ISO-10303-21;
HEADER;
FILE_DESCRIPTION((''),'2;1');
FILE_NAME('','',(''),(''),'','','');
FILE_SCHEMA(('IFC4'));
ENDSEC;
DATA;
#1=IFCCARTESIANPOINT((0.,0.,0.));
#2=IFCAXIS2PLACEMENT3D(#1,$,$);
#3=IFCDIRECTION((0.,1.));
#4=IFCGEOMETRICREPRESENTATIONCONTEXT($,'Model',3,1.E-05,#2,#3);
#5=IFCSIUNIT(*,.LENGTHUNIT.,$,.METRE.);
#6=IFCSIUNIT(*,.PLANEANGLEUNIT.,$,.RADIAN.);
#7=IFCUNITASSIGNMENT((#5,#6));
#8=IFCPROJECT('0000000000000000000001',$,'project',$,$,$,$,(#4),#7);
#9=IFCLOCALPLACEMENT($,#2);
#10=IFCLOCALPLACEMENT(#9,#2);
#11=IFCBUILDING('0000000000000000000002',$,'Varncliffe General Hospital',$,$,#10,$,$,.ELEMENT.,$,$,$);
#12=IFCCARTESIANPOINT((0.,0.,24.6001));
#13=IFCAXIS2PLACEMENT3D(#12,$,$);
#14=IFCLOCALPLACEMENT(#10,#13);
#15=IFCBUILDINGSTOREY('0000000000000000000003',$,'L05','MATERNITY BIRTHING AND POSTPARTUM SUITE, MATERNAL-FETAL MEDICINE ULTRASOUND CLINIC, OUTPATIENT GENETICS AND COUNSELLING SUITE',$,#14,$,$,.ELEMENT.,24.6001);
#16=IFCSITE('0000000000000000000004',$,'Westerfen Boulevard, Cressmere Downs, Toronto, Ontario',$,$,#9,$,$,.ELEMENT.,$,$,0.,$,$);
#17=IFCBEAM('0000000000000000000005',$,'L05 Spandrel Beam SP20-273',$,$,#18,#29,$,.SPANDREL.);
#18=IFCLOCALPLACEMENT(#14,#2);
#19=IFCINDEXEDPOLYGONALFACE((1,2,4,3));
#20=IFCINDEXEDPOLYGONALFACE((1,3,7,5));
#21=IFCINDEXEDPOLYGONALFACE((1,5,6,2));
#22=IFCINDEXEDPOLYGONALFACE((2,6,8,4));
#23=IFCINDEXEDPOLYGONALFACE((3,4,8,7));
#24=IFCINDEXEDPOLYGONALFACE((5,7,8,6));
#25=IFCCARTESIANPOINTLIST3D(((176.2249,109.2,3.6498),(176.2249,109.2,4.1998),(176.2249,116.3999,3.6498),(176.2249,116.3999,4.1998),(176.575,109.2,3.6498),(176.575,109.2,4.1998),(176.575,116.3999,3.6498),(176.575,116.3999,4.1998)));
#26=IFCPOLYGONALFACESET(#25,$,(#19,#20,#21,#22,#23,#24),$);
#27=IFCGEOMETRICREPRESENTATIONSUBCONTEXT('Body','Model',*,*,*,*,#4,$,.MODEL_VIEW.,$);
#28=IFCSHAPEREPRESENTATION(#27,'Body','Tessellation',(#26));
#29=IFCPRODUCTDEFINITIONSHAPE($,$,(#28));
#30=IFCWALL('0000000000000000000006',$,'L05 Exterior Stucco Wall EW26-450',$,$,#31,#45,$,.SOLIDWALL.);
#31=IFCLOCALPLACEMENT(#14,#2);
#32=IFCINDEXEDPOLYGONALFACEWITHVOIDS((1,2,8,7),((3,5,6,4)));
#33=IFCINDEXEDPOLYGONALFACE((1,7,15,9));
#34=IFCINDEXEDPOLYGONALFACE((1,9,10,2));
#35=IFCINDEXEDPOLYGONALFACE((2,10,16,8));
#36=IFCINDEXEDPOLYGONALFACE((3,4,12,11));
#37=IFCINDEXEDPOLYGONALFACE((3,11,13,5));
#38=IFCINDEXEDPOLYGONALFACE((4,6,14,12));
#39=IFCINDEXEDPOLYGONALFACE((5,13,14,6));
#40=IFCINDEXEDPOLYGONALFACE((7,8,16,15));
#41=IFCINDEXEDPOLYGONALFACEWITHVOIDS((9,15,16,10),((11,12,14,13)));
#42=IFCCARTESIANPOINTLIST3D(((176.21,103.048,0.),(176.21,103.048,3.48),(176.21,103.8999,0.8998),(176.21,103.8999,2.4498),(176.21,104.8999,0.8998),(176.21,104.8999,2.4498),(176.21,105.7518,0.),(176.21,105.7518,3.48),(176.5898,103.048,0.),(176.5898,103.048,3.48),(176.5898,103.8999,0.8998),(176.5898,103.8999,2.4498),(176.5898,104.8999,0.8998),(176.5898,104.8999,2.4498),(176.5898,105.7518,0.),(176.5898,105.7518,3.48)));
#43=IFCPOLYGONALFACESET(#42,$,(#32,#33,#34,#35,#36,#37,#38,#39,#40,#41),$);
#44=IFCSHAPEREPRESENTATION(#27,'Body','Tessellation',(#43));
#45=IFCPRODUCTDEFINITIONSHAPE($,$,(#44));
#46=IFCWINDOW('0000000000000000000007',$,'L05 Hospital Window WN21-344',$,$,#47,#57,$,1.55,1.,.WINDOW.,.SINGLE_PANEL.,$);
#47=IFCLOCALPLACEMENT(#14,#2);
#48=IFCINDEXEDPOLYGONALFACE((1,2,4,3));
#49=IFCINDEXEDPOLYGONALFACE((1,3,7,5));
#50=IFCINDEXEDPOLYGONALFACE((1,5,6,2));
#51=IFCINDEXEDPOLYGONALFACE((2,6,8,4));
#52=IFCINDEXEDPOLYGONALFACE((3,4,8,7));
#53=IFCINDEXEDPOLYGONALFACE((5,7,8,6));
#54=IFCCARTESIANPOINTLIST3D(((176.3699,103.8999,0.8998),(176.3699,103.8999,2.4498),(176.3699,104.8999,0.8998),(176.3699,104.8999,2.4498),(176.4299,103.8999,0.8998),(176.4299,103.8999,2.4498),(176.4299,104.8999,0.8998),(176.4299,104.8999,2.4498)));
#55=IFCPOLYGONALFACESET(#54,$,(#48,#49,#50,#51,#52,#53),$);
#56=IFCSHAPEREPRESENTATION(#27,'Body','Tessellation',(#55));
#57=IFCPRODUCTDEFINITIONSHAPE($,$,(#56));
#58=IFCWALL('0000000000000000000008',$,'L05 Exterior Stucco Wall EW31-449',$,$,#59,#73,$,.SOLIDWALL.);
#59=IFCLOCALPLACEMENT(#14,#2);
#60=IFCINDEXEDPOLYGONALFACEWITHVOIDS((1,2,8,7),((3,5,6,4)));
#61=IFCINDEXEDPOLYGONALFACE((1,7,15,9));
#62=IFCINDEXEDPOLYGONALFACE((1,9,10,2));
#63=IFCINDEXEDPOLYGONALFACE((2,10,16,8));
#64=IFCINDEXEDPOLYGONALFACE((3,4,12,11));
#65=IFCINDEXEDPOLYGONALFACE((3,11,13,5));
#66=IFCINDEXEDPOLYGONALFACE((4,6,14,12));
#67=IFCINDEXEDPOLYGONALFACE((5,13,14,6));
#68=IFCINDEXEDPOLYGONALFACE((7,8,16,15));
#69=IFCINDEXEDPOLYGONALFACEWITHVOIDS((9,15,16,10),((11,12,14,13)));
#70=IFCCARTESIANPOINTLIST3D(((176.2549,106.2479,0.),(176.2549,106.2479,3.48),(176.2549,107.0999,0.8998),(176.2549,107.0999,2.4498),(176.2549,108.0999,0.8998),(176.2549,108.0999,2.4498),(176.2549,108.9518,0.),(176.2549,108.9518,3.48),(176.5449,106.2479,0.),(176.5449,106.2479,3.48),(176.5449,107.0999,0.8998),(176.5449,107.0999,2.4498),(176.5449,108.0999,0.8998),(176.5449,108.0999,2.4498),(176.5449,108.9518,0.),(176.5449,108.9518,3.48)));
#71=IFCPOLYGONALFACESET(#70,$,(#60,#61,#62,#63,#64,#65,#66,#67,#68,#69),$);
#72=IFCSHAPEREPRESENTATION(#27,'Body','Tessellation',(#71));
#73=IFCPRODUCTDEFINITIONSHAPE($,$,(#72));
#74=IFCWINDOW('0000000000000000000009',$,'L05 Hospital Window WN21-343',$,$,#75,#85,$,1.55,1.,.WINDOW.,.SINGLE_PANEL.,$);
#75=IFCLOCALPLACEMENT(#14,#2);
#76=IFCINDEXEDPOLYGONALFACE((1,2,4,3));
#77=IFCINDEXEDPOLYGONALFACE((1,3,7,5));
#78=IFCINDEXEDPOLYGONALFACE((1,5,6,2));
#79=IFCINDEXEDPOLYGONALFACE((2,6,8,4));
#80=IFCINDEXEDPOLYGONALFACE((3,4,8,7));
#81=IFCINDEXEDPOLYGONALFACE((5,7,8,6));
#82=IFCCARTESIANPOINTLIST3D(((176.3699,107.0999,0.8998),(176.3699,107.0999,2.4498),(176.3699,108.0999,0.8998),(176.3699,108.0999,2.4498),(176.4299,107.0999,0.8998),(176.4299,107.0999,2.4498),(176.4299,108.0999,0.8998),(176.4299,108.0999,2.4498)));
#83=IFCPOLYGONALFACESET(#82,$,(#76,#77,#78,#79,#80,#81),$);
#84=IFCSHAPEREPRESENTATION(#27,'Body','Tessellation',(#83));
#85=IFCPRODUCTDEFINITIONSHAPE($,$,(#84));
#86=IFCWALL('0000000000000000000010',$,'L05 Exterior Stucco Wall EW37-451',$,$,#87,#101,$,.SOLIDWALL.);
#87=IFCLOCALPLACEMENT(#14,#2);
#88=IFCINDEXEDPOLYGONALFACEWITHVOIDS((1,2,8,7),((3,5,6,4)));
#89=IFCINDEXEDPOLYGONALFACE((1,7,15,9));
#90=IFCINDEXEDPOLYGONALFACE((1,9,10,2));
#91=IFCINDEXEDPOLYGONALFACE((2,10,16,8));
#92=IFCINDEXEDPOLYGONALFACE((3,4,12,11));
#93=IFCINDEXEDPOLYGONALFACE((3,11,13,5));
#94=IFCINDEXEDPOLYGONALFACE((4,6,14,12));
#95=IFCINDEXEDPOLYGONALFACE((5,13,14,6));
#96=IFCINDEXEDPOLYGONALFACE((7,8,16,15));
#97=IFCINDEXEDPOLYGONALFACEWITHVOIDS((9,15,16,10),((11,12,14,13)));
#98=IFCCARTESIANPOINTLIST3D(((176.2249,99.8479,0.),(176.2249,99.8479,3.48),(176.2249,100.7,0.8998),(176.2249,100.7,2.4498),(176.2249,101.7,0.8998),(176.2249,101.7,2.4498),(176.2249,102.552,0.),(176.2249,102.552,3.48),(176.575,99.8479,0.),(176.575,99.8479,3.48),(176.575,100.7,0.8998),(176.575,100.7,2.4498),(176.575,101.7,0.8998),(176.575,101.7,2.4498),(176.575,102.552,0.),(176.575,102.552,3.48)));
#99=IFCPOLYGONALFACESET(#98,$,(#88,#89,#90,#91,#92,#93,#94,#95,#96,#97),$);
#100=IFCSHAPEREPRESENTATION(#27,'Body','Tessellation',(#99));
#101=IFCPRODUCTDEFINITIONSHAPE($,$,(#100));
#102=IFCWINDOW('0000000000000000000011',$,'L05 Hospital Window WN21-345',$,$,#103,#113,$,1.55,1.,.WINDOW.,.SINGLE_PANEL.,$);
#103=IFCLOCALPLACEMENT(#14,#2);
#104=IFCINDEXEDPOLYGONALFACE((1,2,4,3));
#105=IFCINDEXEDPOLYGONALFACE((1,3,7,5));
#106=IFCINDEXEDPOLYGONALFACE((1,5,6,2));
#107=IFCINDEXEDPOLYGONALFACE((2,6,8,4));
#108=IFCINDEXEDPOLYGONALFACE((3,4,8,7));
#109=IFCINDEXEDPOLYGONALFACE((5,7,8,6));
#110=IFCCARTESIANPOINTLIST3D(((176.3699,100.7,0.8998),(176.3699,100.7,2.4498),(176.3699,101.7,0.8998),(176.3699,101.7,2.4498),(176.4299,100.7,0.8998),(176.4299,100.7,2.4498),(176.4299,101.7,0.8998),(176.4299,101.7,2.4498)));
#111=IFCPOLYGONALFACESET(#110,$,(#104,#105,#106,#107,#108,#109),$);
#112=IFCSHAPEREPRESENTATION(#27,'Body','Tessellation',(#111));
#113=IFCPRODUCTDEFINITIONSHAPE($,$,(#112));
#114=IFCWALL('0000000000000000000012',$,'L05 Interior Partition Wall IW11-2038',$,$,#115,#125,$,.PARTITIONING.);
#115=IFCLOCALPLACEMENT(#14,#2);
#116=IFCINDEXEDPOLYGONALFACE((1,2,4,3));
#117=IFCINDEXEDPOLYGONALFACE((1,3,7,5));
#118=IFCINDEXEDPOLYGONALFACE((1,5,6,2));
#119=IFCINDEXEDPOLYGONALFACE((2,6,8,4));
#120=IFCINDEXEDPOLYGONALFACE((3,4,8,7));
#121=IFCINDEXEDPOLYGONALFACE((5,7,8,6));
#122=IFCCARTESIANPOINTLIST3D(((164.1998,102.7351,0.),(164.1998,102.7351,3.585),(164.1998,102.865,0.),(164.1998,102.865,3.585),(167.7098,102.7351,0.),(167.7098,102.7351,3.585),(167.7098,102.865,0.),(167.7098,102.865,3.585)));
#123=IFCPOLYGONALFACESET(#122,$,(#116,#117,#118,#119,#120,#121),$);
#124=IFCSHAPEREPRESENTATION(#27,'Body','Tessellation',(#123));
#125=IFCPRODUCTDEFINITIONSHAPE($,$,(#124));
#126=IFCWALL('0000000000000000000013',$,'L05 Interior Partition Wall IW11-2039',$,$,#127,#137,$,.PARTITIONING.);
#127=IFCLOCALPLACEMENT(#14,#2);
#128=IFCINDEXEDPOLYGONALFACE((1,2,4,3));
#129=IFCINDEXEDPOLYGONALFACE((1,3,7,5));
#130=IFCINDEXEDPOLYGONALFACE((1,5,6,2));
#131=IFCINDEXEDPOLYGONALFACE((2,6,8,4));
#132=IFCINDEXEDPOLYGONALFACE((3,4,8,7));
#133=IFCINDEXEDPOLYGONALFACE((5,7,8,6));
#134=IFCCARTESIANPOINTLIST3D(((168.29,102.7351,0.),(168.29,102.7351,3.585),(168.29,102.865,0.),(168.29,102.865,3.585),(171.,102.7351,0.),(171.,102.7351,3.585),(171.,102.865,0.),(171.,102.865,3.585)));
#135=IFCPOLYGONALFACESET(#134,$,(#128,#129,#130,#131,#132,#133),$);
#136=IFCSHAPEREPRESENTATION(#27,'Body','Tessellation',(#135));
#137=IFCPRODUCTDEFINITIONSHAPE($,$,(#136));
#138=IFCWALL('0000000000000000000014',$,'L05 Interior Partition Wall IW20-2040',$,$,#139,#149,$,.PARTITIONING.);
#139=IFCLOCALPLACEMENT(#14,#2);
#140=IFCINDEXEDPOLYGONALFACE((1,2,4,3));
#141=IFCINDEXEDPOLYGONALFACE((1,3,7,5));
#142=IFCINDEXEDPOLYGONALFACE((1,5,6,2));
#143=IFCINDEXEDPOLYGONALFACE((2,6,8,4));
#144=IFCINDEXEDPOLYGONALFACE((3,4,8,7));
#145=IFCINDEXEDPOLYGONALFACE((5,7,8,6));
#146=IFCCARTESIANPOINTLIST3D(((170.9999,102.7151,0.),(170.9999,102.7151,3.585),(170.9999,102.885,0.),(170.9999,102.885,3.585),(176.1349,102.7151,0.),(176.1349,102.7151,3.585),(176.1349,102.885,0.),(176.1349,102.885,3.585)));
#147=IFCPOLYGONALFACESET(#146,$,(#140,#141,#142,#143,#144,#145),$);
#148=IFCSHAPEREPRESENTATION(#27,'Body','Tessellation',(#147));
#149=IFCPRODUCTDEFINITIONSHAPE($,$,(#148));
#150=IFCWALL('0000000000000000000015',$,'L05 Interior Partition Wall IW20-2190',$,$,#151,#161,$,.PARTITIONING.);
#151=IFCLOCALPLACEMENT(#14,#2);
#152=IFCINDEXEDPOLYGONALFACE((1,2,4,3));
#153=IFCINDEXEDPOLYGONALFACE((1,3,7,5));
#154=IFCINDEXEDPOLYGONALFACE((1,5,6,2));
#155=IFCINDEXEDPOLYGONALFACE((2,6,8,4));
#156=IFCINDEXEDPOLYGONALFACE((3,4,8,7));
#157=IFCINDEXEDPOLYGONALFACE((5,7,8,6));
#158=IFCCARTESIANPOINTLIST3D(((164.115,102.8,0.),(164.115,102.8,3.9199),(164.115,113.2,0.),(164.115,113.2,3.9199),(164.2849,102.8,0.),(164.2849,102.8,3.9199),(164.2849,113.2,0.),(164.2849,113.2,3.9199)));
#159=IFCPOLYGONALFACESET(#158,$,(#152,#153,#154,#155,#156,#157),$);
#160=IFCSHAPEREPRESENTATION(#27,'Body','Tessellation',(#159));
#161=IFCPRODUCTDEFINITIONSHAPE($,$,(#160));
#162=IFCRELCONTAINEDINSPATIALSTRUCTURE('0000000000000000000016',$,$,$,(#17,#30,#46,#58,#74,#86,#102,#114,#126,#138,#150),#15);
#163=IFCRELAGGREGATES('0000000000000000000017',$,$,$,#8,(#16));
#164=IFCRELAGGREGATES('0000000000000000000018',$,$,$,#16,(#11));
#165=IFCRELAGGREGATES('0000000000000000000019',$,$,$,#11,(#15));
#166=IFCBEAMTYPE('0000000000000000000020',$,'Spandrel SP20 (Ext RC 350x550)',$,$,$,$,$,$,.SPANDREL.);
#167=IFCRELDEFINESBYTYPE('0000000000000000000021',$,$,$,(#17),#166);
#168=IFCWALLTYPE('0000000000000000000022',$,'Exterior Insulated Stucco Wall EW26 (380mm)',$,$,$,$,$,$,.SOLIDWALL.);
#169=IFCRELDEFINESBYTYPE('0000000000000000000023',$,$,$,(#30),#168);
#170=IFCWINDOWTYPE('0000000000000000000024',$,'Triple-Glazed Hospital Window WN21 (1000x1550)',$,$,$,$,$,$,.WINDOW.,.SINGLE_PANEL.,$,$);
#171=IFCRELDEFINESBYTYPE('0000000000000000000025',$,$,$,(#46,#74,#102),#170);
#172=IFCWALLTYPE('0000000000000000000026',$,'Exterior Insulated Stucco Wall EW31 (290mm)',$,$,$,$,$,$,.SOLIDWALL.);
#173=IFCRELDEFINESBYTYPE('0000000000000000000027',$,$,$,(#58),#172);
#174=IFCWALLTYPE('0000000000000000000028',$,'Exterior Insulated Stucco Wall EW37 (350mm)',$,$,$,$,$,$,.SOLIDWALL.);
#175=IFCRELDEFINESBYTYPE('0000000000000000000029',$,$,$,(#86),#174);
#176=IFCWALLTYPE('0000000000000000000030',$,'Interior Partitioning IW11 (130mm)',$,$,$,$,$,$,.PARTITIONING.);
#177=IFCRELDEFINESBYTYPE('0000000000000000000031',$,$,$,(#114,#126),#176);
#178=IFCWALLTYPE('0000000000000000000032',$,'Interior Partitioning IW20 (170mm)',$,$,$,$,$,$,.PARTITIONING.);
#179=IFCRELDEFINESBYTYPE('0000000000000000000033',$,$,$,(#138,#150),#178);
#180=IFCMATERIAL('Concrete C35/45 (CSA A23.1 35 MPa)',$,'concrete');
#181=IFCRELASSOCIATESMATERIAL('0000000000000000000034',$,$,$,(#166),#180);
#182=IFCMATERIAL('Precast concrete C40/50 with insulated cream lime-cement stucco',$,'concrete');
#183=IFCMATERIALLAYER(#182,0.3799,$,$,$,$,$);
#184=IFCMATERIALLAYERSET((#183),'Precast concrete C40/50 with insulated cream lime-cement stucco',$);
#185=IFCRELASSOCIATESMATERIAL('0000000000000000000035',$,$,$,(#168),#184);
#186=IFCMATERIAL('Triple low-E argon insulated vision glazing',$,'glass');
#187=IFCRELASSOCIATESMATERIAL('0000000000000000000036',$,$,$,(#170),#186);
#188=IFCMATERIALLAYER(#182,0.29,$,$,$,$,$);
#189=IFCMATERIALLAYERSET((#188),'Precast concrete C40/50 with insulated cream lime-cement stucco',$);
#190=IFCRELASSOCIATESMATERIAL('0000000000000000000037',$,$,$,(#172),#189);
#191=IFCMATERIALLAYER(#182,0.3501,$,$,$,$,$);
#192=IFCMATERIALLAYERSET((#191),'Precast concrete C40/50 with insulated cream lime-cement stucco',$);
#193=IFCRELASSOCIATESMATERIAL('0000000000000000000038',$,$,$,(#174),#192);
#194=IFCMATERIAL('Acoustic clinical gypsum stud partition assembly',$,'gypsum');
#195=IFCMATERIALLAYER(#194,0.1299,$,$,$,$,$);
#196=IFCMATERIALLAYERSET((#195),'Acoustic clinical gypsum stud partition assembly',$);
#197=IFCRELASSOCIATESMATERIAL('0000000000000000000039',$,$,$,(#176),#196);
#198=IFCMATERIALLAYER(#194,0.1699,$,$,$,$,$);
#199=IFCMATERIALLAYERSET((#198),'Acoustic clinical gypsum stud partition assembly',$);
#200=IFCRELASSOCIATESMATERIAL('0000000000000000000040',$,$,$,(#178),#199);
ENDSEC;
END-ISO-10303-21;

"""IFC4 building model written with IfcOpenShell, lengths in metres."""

from ifc_helpers import new_model, si_unit, direction, frame, frame_2d, origin, origin_2d, place, context, subcontext, project, spatial, rectangle, extrude, material, layer, layer_set, material_profile, profile_set, type_object, element, fill, save


model = new_model("IFC4")

# Units and contexts
model_context = context("Model", 3, precision=1e-05, world=origin(), true_north=direction((0.0, 1.0)))
body_context = subcontext(model_context, "Body", "Model", "MODEL_VIEW")
ifc_project = project(units=[si_unit("LENGTHUNIT", "METRE"), si_unit("PLANEANGLEUNIT", "RADIAN")], contexts=[model_context])

# Site, building, storey
site_placement = place(None, origin())
site = spatial("IfcSite", under=ifc_project, at=site_placement, Name="Westerfen Boulevard, Cressmere Downs, Toronto, Ontario", CompositionType="ELEMENT", RefElevation=0.0)
building_placement = place(site_placement, origin())
building = spatial("IfcBuilding", under=site, at=building_placement, Name="Varncliffe General Hospital", CompositionType="ELEMENT")
storey_placement = place(building_placement, frame((0.0, 0.0, 24.6001)))
storey = spatial("IfcBuildingStorey", under=building, at=storey_placement, Name="L05", Description="MATERNITY BIRTHING AND POSTPARTUM SUITE, MATERNAL-FETAL MEDICINE ULTRASOUND CLINIC, OUTPATIENT GENETICS AND COUNSELLING SUITE", CompositionType="ELEMENT", Elevation=24.6001)

# Beam
ifc_material_1 = material(Name="Concrete C35/45 (CSA A23.1 35 MPa)", Category="concrete")
ifc_material_profile_1 = material_profile(ifc_material_1, rectangle(XDim=0.3501, YDim=0.55, at=origin_2d()), Name="RC 350x550")
ifc_profile_set_1 = profile_set([ifc_material_profile_1], Name="Concrete C35/45 (CSA A23.1 35 MPa)")
beam_type_1 = type_object("IfcBeamType", Name="Spandrel SP20 (Ext RC 350x550)", PredefinedType="SPANDREL", material=ifc_profile_set_1)
beam_1_placement = place(storey_placement, frame((176.3999, 109.2, 3.9248), z_axis=(0.0, 1.0, 0.0), x_axis=(-1.0, 0.0, 0.0)))
element("IfcBeam", 1, at=beam_1_placement, inside=storey, type_object=beam_type_1, Name="L05 Spandrel Beam SP20-273", PredefinedType="SPANDREL", context=body_context, shape_type="SweptSolid", body=[
    extrude(rectangle(XDim=0.3501, YDim=0.55, at=origin_2d()), origin(), (0.0, 0.0, 1.0), 7.2),
])

# Walls, openings, windows
ifc_material_2 = material(Name="Precast concrete C40/50 with insulated cream lime-cement stucco", Category="concrete")
ifc_layer_1 = layer(ifc_material_2, 0.3799)
ifc_layer_set_1 = layer_set([ifc_layer_1], Name="Precast concrete C40/50 with insulated cream lime-cement stucco")
wall_type_1 = type_object("IfcWallType", Name="Exterior Insulated Stucco Wall EW26 (380mm)", PredefinedType="SOLIDWALL", material=ifc_layer_set_1)
wall_1_placement = place(storey_placement, frame((176.3999, 105.752, 0.0), z_axis=(0.0, 0.0, 1.0), x_axis=(0.0, -1.0, 0.0)))
wall_1 = element("IfcWall", 2, at=wall_1_placement, inside=storey, type_object=wall_type_1, Name="L05 Exterior Stucco Wall EW26-450", PredefinedType="SOLIDWALL", context=body_context, shape_type="SweptSolid", body=[
    extrude(rectangle(XDim=2.7039, YDim=0.3799, at=frame_2d((1.3521, 0.0))), origin(), (0.0, 0.0, 1.0), 3.48),
])
opening_1_placement = place(wall_1_placement, frame((0.8521, 0.0, 0.8999)))
opening_1 = element("IfcOpeningElement", 3, at=opening_1_placement, cuts=wall_1, PredefinedType="OPENING", context=body_context, shape_type="SweptSolid", body=[
    extrude(rectangle(XDim=1.0, YDim=1.55, at=frame_2d((0.5, 0.7749))), frame((0.0, 0.2, 0.0), z_axis=(0.0, -1.0, 0.0), x_axis=(1.0, 0.0, 0.0)), (0.0, 0.0, 1.0), 0.3999),
])
ifc_material_3 = material(Name="Triple low-E argon insulated vision glazing", Category="glass")
window_type = type_object("IfcWindowType", Name="Triple-Glazed Hospital Window WN21 (1000x1550)", PartitioningType="SINGLE_PANEL", PredefinedType="WINDOW", material=ifc_material_3)
window_1_placement = place(opening_1_placement, origin())
window_1 = element("IfcWindow", 4, at=window_1_placement, inside=storey, type_object=window_type, Name="L05 Hospital Window WN21-344", OverallHeight=1.55, OverallWidth=1.0, PartitioningType="SINGLE_PANEL", PredefinedType="WINDOW", context=body_context, shape_type="SweptSolid", body=[
    extrude(rectangle(XDim=1.0, YDim=1.55, at=frame_2d((0.5, 0.7749))), frame((0.0, 0.03, 0.0), z_axis=(0.0, -1.0, 0.0), x_axis=(1.0, 0.0, 0.0)), (0.0, 0.0, 1.0), 0.0601),
])
fill(opening_1, window_1)
ifc_layer_2 = layer(ifc_material_2, 0.29)
ifc_layer_set_2 = layer_set([ifc_layer_2], Name="Precast concrete C40/50 with insulated cream lime-cement stucco")
wall_type_2 = type_object("IfcWallType", Name="Exterior Insulated Stucco Wall EW31 (290mm)", PredefinedType="SOLIDWALL", material=ifc_layer_set_2)
wall_2_placement = place(storey_placement, frame((176.3999, 108.9519, 0.0), z_axis=(0.0, 0.0, 1.0), x_axis=(0.0, -1.0, 0.0)))
wall_2 = element("IfcWall", 5, at=wall_2_placement, inside=storey, type_object=wall_type_2, Name="L05 Exterior Stucco Wall EW31-449", PredefinedType="SOLIDWALL", context=body_context, shape_type="SweptSolid", body=[
    extrude(rectangle(XDim=2.7039, YDim=0.29, at=frame_2d((1.3521, 0.0))), origin(), (0.0, 0.0, 1.0), 3.48),
])
opening_2_placement = place(wall_2_placement, frame((0.8521, 0.0, 0.8999)))
opening_2 = element("IfcOpeningElement", 6, at=opening_2_placement, cuts=wall_2, PredefinedType="OPENING", context=body_context, shape_type="SweptSolid", body=[
    extrude(rectangle(XDim=1.0, YDim=1.55, at=frame_2d((0.5, 0.7749))), frame((0.0, 0.155, 0.0), z_axis=(0.0, -1.0, 0.0), x_axis=(1.0, 0.0, 0.0)), (0.0, 0.0, 1.0), 0.3101),
])
window_2_placement = place(opening_2_placement, origin())
window_2 = element("IfcWindow", 7, at=window_2_placement, inside=storey, type_object=window_type, Name="L05 Hospital Window WN21-343", OverallHeight=1.55, OverallWidth=1.0, PartitioningType="SINGLE_PANEL", PredefinedType="WINDOW", context=body_context, shape_type="SweptSolid", body=[
    extrude(rectangle(XDim=1.0, YDim=1.55, at=frame_2d((0.5, 0.7749))), frame((0.0, 0.03, 0.0), z_axis=(0.0, -1.0, 0.0), x_axis=(1.0, 0.0, 0.0)), (0.0, 0.0, 1.0), 0.0601),
])
fill(opening_2, window_2)
ifc_layer_3 = layer(ifc_material_2, 0.3501)
ifc_layer_set_3 = layer_set([ifc_layer_3], Name="Precast concrete C40/50 with insulated cream lime-cement stucco")
wall_type_3 = type_object("IfcWallType", Name="Exterior Insulated Stucco Wall EW37 (350mm)", PredefinedType="SOLIDWALL", material=ifc_layer_set_3)
wall_3_placement = place(storey_placement, frame((176.3999, 102.552, 0.0), z_axis=(0.0, 0.0, 1.0), x_axis=(0.0, -1.0, 0.0)))
wall_3 = element("IfcWall", 8, at=wall_3_placement, inside=storey, type_object=wall_type_3, Name="L05 Exterior Stucco Wall EW37-451", PredefinedType="SOLIDWALL", context=body_context, shape_type="SweptSolid", body=[
    extrude(rectangle(XDim=2.7041, YDim=0.3501, at=frame_2d((1.3521, 0.0))), origin(), (0.0, 0.0, 1.0), 3.48),
])
opening_3_placement = place(wall_3_placement, frame((0.8521, 0.0, 0.8999)))
opening_3 = element("IfcOpeningElement", 9, at=opening_3_placement, cuts=wall_3, PredefinedType="OPENING", context=body_context, shape_type="SweptSolid", body=[
    extrude(rectangle(XDim=1.0, YDim=1.55, at=frame_2d((0.5, 0.7749))), frame((0.0, 0.1851, 0.0), z_axis=(0.0, -1.0, 0.0), x_axis=(1.0, 0.0, 0.0)), (0.0, 0.0, 1.0), 0.3701),
])
window_3_placement = place(opening_3_placement, origin())
window_3 = element("IfcWindow", 10, at=window_3_placement, inside=storey, type_object=window_type, Name="L05 Hospital Window WN21-345", OverallHeight=1.55, OverallWidth=1.0, PartitioningType="SINGLE_PANEL", PredefinedType="WINDOW", context=body_context, shape_type="SweptSolid", body=[
    extrude(rectangle(XDim=1.0, YDim=1.55, at=frame_2d((0.5, 0.7749))), frame((0.0, 0.03, 0.0), z_axis=(0.0, -1.0, 0.0), x_axis=(1.0, 0.0, 0.0)), (0.0, 0.0, 1.0), 0.0601),
])
fill(opening_3, window_3)

# Walls
ifc_material_4 = material(Name="Acoustic clinical gypsum stud partition assembly", Category="gypsum")
ifc_layer_4 = layer(ifc_material_4, 0.1299)
ifc_layer_set_4 = layer_set([ifc_layer_4], Name="Acoustic clinical gypsum stud partition assembly")
wall_type_4 = type_object("IfcWallType", Name="Interior Partitioning IW11 (130mm)", PredefinedType="PARTITIONING", material=ifc_layer_set_4)
wall_4_placement = place(storey_placement, frame((164.2, 102.8, 0.0), z_axis=(0.0, 0.0, 1.0), x_axis=(1.0, 0.0, 0.0)))
element("IfcWall", 11, at=wall_4_placement, inside=storey, type_object=wall_type_4, Name="L05 Interior Partition Wall IW11-2038", PredefinedType="PARTITIONING", context=body_context, shape_type="SweptSolid", body=[
    extrude(rectangle(XDim=3.51, YDim=0.1299, at=frame_2d((1.7549, 0.0))), origin(), (0.0, 0.0, 1.0), 3.585),
])
wall_5_placement = place(storey_placement, frame((168.29, 102.8, 0.0), z_axis=(0.0, 0.0, 1.0), x_axis=(1.0, 0.0, 0.0)))
element("IfcWall", 12, at=wall_5_placement, inside=storey, type_object=wall_type_4, Name="L05 Interior Partition Wall IW11-2039", PredefinedType="PARTITIONING", context=body_context, shape_type="SweptSolid", body=[
    extrude(rectangle(XDim=2.71, YDim=0.1299, at=frame_2d((1.355, 0.0))), origin(), (0.0, 0.0, 1.0), 3.585),
])
ifc_layer_5 = layer(ifc_material_4, 0.1699)
ifc_layer_set_5 = layer_set([ifc_layer_5], Name="Acoustic clinical gypsum stud partition assembly")
wall_type_5 = type_object("IfcWallType", Name="Interior Partitioning IW20 (170mm)", PredefinedType="PARTITIONING", material=ifc_layer_set_5)
wall_6_placement = place(storey_placement, frame((171.0, 102.8, 0.0), z_axis=(0.0, 0.0, 1.0), x_axis=(1.0, 0.0, 0.0)))
element("IfcWall", 13, at=wall_6_placement, inside=storey, type_object=wall_type_5, Name="L05 Interior Partition Wall IW20-2040", PredefinedType="PARTITIONING", context=body_context, shape_type="SweptSolid", body=[
    extrude(rectangle(XDim=5.135, YDim=0.1699, at=frame_2d((2.5674, 0.0))), origin(), (0.0, 0.0, 1.0), 3.585),
])
wall_7_placement = place(storey_placement, frame((164.2, 102.8, 0.0), z_axis=(0.0, 0.0, 1.0), x_axis=(0.0, 1.0, 0.0)))
element("IfcWall", 14, at=wall_7_placement, inside=storey, type_object=wall_type_5, Name="L05 Interior Partition Wall IW20-2190", PredefinedType="PARTITIONING", context=body_context, shape_type="SweptSolid", body=[
    extrude(rectangle(XDim=10.3999, YDim=0.1699, at=frame_2d((5.2, 0.0))), origin(), (0.0, 0.0, 1.0), 3.9199),
])

save(model, "model.ifc")
